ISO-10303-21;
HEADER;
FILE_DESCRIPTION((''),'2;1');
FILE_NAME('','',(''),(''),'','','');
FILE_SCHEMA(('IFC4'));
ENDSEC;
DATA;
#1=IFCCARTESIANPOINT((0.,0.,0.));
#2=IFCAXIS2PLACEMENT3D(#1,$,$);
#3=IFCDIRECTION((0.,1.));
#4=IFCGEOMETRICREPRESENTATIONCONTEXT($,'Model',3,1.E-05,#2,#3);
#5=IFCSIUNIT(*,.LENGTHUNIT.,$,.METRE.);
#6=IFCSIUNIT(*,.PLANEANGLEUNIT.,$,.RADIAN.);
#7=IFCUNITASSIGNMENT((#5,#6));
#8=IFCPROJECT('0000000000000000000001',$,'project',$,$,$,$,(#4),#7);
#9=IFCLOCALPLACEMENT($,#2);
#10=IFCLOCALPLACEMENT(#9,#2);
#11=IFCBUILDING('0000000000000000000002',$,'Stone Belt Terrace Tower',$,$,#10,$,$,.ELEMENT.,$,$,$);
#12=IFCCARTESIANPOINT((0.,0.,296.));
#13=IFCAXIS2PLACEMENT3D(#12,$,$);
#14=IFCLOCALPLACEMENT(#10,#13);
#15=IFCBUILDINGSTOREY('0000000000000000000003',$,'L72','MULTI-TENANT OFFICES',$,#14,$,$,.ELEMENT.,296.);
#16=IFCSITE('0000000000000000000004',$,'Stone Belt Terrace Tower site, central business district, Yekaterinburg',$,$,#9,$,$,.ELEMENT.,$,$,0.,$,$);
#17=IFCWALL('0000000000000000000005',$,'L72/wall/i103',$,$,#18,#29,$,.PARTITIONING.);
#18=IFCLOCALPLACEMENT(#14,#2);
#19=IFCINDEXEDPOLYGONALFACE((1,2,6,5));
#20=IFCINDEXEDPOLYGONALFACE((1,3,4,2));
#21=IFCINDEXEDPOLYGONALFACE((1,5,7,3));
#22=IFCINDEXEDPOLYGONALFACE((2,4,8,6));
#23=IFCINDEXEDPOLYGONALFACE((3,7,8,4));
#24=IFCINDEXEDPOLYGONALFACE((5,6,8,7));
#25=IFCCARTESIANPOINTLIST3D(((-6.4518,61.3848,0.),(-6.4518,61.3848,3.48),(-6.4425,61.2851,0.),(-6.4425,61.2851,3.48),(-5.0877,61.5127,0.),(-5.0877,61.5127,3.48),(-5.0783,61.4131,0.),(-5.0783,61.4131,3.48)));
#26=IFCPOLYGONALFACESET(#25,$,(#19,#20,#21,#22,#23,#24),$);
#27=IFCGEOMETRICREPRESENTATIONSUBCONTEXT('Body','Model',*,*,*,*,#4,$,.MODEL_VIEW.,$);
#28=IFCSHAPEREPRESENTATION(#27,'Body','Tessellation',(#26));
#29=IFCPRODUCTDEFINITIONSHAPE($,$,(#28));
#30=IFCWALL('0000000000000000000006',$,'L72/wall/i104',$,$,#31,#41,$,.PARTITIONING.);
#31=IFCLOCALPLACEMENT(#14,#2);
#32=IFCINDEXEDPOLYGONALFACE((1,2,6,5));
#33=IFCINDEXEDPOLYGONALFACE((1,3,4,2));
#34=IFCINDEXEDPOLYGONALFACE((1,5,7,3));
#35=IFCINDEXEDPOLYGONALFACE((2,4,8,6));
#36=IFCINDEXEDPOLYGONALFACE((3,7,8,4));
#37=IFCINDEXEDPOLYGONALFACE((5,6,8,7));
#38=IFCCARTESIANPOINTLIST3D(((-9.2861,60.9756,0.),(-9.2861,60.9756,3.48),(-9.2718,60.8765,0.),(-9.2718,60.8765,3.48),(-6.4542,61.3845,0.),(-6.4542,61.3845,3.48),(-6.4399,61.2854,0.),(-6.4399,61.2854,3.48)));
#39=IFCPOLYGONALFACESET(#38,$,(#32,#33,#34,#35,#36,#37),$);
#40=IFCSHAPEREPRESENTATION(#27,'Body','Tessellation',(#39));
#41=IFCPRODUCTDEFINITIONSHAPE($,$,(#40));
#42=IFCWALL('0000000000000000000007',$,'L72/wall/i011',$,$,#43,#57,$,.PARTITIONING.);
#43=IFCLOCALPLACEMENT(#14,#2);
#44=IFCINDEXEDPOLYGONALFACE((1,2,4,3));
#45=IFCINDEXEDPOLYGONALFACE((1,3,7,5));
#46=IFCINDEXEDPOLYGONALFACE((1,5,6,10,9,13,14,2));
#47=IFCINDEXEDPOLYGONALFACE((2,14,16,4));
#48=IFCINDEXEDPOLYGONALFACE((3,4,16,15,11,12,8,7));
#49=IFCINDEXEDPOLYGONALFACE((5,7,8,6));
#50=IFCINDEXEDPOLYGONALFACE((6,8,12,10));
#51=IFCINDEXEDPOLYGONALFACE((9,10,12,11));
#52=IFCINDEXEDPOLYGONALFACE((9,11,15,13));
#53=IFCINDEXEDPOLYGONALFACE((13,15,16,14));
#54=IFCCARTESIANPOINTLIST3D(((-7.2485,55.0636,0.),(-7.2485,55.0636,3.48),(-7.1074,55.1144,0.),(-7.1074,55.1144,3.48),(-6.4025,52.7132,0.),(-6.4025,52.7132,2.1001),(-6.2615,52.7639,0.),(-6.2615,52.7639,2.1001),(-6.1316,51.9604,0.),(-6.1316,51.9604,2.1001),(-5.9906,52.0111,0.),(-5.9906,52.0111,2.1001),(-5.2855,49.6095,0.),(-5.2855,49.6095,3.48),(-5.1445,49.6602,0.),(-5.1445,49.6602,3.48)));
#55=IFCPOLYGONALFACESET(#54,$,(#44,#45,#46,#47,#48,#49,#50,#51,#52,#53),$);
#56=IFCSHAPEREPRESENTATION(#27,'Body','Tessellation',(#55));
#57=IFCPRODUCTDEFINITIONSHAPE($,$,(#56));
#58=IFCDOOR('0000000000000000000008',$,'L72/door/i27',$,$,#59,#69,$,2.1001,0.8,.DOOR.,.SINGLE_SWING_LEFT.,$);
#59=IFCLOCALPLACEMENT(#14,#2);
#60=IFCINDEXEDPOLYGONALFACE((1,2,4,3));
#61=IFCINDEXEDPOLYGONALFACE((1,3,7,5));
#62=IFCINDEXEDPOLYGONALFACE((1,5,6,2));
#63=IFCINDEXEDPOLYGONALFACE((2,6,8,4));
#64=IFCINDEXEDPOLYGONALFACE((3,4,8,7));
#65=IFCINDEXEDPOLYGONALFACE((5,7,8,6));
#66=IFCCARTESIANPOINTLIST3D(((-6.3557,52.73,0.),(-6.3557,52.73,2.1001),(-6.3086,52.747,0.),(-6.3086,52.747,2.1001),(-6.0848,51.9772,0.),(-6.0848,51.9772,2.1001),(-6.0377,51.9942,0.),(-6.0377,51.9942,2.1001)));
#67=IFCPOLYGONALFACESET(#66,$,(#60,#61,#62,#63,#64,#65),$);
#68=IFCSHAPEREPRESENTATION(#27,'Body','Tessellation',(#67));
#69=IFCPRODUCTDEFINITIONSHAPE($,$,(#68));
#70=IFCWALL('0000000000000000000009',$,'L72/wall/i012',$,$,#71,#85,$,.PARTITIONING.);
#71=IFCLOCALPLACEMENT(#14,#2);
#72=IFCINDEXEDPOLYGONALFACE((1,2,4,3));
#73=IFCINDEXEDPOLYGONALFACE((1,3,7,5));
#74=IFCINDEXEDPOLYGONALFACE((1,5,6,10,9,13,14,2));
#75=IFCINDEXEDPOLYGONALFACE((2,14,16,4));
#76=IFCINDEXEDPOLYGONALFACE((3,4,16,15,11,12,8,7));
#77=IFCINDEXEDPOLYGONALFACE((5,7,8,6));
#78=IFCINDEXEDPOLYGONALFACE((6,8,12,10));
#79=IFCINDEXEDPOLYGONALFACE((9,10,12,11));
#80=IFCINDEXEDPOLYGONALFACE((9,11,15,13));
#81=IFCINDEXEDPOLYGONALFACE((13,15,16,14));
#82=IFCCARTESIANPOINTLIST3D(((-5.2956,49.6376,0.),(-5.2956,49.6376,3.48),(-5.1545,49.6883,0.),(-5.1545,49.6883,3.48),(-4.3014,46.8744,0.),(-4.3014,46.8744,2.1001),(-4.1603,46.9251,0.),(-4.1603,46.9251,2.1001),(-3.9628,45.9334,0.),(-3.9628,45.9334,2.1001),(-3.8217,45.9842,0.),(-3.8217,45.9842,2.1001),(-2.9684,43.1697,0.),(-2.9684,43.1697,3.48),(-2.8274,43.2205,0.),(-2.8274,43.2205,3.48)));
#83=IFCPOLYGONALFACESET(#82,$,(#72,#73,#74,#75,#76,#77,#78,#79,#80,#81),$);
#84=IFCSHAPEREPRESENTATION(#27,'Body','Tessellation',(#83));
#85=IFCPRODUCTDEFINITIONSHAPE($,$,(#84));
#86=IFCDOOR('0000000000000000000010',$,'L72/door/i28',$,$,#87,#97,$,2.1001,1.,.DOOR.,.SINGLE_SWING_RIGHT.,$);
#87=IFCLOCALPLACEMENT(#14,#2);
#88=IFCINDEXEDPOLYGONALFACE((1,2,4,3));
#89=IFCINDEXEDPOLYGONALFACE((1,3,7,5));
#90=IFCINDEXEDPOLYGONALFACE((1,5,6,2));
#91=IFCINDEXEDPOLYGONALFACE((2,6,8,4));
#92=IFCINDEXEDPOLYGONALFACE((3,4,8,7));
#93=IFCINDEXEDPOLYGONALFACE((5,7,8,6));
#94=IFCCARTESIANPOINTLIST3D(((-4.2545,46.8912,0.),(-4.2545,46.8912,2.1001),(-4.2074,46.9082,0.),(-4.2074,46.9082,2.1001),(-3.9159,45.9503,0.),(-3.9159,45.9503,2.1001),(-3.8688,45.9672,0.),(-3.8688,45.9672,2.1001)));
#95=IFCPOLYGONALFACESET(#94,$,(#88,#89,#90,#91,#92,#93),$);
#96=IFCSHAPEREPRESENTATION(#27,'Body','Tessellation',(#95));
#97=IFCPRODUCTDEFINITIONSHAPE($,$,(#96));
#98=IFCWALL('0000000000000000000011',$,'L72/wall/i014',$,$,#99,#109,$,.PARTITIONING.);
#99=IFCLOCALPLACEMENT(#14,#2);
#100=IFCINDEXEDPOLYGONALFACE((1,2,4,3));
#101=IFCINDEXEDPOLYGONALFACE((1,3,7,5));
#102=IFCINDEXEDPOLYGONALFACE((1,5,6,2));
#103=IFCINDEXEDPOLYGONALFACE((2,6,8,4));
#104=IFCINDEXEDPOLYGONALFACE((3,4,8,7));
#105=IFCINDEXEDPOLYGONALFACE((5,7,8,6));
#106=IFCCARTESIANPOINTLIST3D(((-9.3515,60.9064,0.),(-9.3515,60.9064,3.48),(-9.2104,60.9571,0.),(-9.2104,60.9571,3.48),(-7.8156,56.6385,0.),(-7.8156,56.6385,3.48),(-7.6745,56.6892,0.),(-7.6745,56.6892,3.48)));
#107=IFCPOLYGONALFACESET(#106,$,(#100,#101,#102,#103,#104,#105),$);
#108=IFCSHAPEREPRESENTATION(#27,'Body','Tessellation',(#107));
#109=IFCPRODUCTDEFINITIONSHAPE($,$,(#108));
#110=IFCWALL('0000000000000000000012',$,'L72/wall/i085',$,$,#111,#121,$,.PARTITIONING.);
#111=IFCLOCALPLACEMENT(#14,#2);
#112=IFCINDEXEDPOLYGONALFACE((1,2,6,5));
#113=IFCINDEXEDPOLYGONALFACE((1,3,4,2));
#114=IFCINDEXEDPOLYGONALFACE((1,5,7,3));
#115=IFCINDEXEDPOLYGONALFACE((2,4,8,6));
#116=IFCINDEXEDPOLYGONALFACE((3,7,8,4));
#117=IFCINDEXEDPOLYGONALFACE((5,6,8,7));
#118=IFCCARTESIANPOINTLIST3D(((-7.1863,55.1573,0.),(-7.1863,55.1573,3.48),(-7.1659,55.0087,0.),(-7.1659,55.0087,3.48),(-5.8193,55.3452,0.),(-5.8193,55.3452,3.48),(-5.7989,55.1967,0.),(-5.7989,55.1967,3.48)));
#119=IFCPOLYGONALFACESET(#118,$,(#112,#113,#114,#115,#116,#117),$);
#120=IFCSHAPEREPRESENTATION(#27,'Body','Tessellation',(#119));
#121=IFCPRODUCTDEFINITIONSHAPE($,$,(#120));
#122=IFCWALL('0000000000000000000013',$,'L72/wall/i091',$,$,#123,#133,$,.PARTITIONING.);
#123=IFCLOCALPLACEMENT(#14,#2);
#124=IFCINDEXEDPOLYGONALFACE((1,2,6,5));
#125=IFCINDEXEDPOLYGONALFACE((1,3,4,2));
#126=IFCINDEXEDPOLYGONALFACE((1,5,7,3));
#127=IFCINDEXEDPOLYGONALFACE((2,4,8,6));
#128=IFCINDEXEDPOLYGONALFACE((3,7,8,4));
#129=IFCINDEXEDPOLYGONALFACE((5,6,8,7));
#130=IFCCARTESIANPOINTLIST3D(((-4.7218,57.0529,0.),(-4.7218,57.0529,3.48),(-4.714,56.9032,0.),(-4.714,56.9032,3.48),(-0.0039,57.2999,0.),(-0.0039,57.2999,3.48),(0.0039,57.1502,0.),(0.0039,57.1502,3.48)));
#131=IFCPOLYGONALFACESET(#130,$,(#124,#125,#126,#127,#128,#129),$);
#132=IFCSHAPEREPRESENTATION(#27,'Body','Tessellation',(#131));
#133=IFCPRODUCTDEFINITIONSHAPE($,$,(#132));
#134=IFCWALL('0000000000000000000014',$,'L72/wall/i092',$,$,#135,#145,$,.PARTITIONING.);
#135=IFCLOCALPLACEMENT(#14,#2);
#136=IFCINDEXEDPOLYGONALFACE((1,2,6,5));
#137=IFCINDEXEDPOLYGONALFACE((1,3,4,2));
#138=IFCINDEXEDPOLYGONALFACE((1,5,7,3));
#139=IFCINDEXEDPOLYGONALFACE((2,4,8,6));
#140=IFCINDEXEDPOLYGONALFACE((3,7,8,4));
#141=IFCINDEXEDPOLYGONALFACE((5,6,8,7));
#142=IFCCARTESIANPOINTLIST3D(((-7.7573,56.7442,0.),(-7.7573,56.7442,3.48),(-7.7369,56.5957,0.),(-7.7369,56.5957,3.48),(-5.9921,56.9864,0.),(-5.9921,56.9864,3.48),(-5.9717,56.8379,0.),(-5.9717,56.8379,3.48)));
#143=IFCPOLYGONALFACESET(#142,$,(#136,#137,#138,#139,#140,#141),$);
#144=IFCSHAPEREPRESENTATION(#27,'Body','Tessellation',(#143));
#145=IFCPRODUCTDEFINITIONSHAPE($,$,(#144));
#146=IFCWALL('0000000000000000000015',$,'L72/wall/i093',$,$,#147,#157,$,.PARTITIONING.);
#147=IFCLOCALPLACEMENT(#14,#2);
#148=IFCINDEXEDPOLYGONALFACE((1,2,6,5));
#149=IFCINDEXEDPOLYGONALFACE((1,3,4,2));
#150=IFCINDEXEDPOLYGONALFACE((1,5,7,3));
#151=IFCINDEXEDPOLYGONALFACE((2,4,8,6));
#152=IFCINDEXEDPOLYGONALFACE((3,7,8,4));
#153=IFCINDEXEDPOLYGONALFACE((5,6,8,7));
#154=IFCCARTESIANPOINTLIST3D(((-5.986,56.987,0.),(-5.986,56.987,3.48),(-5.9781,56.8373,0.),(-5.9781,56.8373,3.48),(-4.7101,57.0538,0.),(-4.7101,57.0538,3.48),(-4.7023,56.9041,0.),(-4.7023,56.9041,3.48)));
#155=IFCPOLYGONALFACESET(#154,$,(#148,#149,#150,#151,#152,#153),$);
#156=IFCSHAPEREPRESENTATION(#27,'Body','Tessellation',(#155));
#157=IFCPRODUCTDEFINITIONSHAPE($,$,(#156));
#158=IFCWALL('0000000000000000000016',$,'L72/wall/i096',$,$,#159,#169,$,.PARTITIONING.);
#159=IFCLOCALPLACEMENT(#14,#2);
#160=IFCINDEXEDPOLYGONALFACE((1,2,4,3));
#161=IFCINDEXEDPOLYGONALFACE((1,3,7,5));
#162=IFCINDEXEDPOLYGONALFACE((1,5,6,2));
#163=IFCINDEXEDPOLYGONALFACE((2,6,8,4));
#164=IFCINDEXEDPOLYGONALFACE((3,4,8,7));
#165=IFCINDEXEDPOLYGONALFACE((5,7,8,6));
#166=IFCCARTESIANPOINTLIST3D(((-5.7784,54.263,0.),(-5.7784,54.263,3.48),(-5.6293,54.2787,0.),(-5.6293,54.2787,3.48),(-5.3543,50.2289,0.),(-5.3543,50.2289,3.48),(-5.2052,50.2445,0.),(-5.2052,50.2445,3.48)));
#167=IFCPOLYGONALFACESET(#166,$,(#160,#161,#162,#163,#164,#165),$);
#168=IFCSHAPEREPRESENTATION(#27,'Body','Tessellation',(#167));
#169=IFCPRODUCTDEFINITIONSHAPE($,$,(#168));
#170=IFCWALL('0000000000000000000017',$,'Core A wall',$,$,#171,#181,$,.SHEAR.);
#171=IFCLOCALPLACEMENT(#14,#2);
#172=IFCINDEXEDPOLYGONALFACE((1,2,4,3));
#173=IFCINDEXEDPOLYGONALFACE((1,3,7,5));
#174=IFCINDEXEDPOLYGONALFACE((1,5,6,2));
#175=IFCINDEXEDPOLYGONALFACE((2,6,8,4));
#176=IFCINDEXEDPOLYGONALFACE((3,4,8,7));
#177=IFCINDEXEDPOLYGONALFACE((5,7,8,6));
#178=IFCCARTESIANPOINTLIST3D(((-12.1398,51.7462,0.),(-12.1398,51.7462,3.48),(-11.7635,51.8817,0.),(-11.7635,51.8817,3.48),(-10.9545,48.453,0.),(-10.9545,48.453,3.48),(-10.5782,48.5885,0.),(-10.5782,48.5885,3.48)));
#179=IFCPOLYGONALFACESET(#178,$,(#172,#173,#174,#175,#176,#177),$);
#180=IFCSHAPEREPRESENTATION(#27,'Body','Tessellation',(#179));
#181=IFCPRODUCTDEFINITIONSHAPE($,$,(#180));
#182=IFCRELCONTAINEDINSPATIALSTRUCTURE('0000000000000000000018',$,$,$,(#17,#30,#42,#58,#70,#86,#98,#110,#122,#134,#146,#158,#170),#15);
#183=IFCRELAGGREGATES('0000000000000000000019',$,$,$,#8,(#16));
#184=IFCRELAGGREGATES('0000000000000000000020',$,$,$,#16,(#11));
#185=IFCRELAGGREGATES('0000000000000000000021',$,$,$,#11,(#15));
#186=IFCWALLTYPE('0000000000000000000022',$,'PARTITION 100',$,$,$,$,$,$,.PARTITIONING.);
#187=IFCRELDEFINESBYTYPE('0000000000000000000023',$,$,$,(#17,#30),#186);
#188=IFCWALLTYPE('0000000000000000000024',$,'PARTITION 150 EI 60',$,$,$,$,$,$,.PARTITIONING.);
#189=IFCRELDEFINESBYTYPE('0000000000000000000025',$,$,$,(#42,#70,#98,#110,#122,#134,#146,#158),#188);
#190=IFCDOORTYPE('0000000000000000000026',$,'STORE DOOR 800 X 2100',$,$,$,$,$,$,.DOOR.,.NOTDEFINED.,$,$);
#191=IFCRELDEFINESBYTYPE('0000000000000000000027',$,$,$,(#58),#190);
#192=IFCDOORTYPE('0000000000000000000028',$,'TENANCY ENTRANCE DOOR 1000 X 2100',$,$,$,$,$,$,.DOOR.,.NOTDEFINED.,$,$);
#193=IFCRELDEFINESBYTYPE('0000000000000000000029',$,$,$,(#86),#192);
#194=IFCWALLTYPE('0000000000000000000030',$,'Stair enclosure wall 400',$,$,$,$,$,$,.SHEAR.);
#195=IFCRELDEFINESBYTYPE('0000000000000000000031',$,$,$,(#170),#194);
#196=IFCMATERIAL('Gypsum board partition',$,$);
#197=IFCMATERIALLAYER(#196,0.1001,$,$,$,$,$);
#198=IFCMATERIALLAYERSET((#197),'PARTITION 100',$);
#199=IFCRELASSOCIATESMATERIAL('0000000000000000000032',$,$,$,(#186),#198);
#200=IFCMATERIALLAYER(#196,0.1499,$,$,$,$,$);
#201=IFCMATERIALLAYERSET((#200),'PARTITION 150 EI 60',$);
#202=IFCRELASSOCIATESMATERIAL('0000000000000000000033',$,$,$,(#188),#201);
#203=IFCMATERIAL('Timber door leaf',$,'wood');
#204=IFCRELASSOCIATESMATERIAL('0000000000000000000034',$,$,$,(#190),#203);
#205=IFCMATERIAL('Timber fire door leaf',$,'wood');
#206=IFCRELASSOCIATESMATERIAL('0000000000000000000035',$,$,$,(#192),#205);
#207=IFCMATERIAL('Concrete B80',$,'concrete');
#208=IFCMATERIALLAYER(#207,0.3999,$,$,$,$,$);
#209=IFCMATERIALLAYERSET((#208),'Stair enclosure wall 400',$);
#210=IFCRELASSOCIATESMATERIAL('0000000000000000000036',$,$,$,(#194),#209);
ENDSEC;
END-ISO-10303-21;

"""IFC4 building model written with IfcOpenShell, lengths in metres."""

from ifc_helpers import new_model, si_unit, direction, frame, frame_2d, origin, place, context, subcontext, project, spatial, rectangle, extrude, material, layer, layer_set, type_object, element, fill, save


model = new_model("IFC4")

# Units and contexts
model_context = context("Model", 3, precision=1e-05, world=origin(), true_north=direction((0.0, 1.0)))
body_context = subcontext(model_context, "Body", "Model", "MODEL_VIEW")
ifc_project = project(units=[si_unit("LENGTHUNIT", "METRE"), si_unit("PLANEANGLEUNIT", "RADIAN")], contexts=[model_context])

# Site, building, storey
site_placement = place(None, origin())
site = spatial("IfcSite", under=ifc_project, at=site_placement, Name="Stone Belt Terrace Tower site, central business district, Yekaterinburg", CompositionType="ELEMENT", RefElevation=0.0)
building_placement = place(site_placement, origin())
building = spatial("IfcBuilding", under=site, at=building_placement, Name="Stone Belt Terrace Tower", CompositionType="ELEMENT")
storey_placement = place(building_placement, frame((0.0, 0.0, 296.0)))
storey = spatial("IfcBuildingStorey", under=building, at=storey_placement, Name="L72", Description="MULTI-TENANT OFFICES", CompositionType="ELEMENT", Elevation=296.0)

# Shared definitions
ifc_material_1 = material(Name="Timber door leaf", Category="wood")

# Shared definitions
ifc_material_2 = material(Name="Gypsum board partition")
ifc_layer_1 = layer(ifc_material_2, 0.1001)
ifc_layer_set_1 = layer_set([ifc_layer_1], Name="PARTITION 100")
wall_type_1 = type_object("IfcWallType", Name="PARTITION 100", PredefinedType="PARTITIONING", material=ifc_layer_set_1)

# Walls
wall_1_placement = place(storey_placement, frame((-5.083, 61.4629, 0.0), z_axis=(0.0, 0.0, 1.0), x_axis=(-0.995631, -0.093379, 0.0)))
element("IfcWall", 1, at=wall_1_placement, inside=storey, type_object=wall_type_1, Name="L72/wall/i103", PredefinedType="PARTITIONING", context=body_context, shape_type="SweptSolid", body=[
    extrude(rectangle(XDim=1.3701, YDim=0.1001, at=frame_2d((0.6851, 0.0))), origin(), (0.0, 0.0, 1.0), 3.48),
])
wall_2_placement = place(storey_placement, frame((-6.447, 61.335, 0.0), z_axis=(0.0, 0.0, 1.0), x_axis=(-0.989735, -0.142914, 0.0)))
element("IfcWall", 2, at=wall_2_placement, inside=storey, type_object=wall_type_1, Name="L72/wall/i104", PredefinedType="PARTITIONING", context=body_context, shape_type="SweptSolid", body=[
    extrude(rectangle(XDim=2.8613, YDim=0.1001, at=frame_2d((1.4307, 0.0))), origin(), (0.0, 0.0, 1.0), 3.48),
])

# Walls, openings, doors
ifc_layer_2 = layer(ifc_material_2, 0.1499)
ifc_layer_set_2 = layer_set([ifc_layer_2], Name="PARTITION 150 EI 60")
wall_type_2 = type_object("IfcWallType", Name="PARTITION 150 EI 60", PredefinedType="PARTITIONING", material=ifc_layer_set_2)
wall_3_placement = place(storey_placement, frame((-7.178, 55.0891, 0.0), z_axis=(0.0, 0.0, 1.0), x_axis=(0.33863, -0.94092, 0.0)))
wall_3 = element("IfcWall", 3, at=wall_3_placement, inside=storey, type_object=wall_type_2, Name="L72/wall/i011", PredefinedType="PARTITIONING", context=body_context, shape_type="SweptSolid", body=[
    extrude(rectangle(XDim=5.7966, YDim=0.1499, at=frame_2d((2.8984, 0.0))), origin(), (0.0, 0.0, 1.0), 3.48),
])
opening_1_placement = place(wall_3_placement, frame((2.4983, 0.0, 0.0)))
opening_1 = element("IfcOpeningElement", 4, at=opening_1_placement, cuts=wall_3, PredefinedType="OPENING", context=body_context, shape_type="SweptSolid", body=[
    extrude(rectangle(XDim=0.8, YDim=2.1001, at=frame_2d((0.3999, 1.05))), frame((0.0, 0.085, 0.0), z_axis=(0.0, -1.0, 0.0), x_axis=(1.0, 0.0, 0.0)), (0.0, 0.0, 1.0), 0.1699),
])
door_type_1 = type_object("IfcDoorType", Name="STORE DOOR 800 X 2100", OperationType="NOTDEFINED", PredefinedType="DOOR", material=ifc_material_1)
door_1_placement = place(opening_1_placement, origin())
door_1 = element("IfcDoor", 5, at=door_1_placement, inside=storey, type_object=door_type_1, Name="L72/door/i27", OperationType="SINGLE_SWING_LEFT", OverallHeight=2.1001, OverallWidth=0.8, PredefinedType="DOOR", context=body_context, shape_type="SweptSolid", body=[
    extrude(rectangle(XDim=0.8, YDim=2.1001, at=frame_2d((0.3999, 1.05))), frame((0.0, 0.0249, 0.0), z_axis=(0.0, -1.0, 0.0), x_axis=(1.0, 0.0, 0.0)), (0.0, 0.0, 1.0), 0.05),
])
fill(opening_1, door_1)
wall_4_placement = place(storey_placement, frame((-5.2251, 49.6631, 0.0), z_axis=(0.0, 0.0, 1.0), x_axis=(0.338558, -0.940945, 0.0)))
wall_4 = element("IfcWall", 6, at=wall_4_placement, inside=storey, type_object=wall_type_2, Name="L72/wall/i012", PredefinedType="PARTITIONING", context=body_context, shape_type="SweptSolid", body=[
    extrude(rectangle(XDim=6.8738, YDim=0.1499, at=frame_2d((3.437, 0.0))), origin(), (0.0, 0.0, 1.0), 3.48),
])
opening_2_placement = place(wall_4_placement, frame((2.9368, 0.0, 0.0)))
opening_2 = element("IfcOpeningElement", 7, at=opening_2_placement, cuts=wall_4, PredefinedType="OPENING", context=body_context, shape_type="SweptSolid", body=[
    extrude(rectangle(XDim=1.0, YDim=2.1001, at=frame_2d((0.5, 1.05))), frame((0.0, 0.085, 0.0), z_axis=(0.0, -1.0, 0.0), x_axis=(1.0, 0.0, 0.0)), (0.0, 0.0, 1.0), 0.1699),
])
ifc_material_3 = material(Name="Timber fire door leaf", Category="wood")
door_type_2 = type_object("IfcDoorType", Name="TENANCY ENTRANCE DOOR 1000 X 2100", OperationType="NOTDEFINED", PredefinedType="DOOR", material=ifc_material_3)
door_2_placement = place(opening_2_placement, origin())
door_2 = element("IfcDoor", 8, at=door_2_placement, inside=storey, type_object=door_type_2, Name="L72/door/i28", OperationType="SINGLE_SWING_RIGHT", OverallHeight=2.1001, OverallWidth=1.0, PredefinedType="DOOR", context=body_context, shape_type="SweptSolid", body=[
    extrude(rectangle(XDim=1.0, YDim=2.1001, at=frame_2d((0.5, 1.05))), frame((0.0, 0.0249, 0.0), z_axis=(0.0, -1.0, 0.0), x_axis=(1.0, 0.0, 0.0)), (0.0, 0.0, 1.0), 0.05),
])
fill(opening_2, door_2)

# Walls
wall_5_placement = place(storey_placement, frame((-9.281, 60.9319, 0.0), z_axis=(0.0, 0.0, 1.0), x_axis=(0.338617, -0.940924, 0.0)))
element("IfcWall", 9, at=wall_5_placement, inside=storey, type_object=wall_type_2, Name="L72/wall/i014", PredefinedType="PARTITIONING", context=body_context, shape_type="SweptSolid", body=[
    extrude(rectangle(XDim=4.5359, YDim=0.1499, at=frame_2d((2.2681, 0.0))), origin(), (0.0, 0.0, 1.0), 3.48),
])
wall_6_placement = place(storey_placement, frame((-5.8091, 55.271, 0.0), z_axis=(0.0, 0.0, 1.0), x_axis=(-0.990676, -0.136242, 0.0)))
element("IfcWall", 10, at=wall_6_placement, inside=storey, type_object=wall_type_2, Name="L72/wall/i085", PredefinedType="PARTITIONING", context=body_context, shape_type="SweptSolid", body=[
    extrude(rectangle(XDim=1.3799, YDim=0.1499, at=frame_2d((0.6899, 0.0))), origin(), (0.0, 0.0, 1.0), 3.48),
])
wall_7_placement = place(storey_placement, frame((-4.718, 56.978, 0.0), z_axis=(0.0, 0.0, 1.0), x_axis=(0.998632, 0.052296, 0.0)))
element("IfcWall", 11, at=wall_7_placement, inside=storey, type_object=wall_type_2, Name="L72/wall/i091", PredefinedType="PARTITIONING", context=body_context, shape_type="SweptSolid", body=[
    extrude(rectangle(XDim=4.7244, YDim=0.1499, at=frame_2d((2.3623, 0.0))), origin(), (0.0, 0.0, 1.0), 3.48),
])
wall_8_placement = place(storey_placement, frame((-7.7471, 56.6699, 0.0), z_axis=(0.0, 0.0, 1.0), x_axis=(0.990718, 0.135933, 0.0)))
element("IfcWall", 12, at=wall_8_placement, inside=storey, type_object=wall_type_2, Name="L72/wall/i092", PredefinedType="PARTITIONING", context=body_context, shape_type="SweptSolid", body=[
    extrude(rectangle(XDim=1.7817, YDim=0.1499, at=frame_2d((0.8909, 0.0))), origin(), (0.0, 0.0, 1.0), 3.48),
])
wall_9_placement = place(storey_placement, frame((-5.9819, 56.9121, 0.0), z_axis=(0.0, 0.0, 1.0), x_axis=(0.998628, 0.052358, 0.0)))
element("IfcWall", 13, at=wall_9_placement, inside=storey, type_object=wall_type_2, Name="L72/wall/i093", PredefinedType="PARTITIONING", context=body_context, shape_type="SweptSolid", body=[
    extrude(rectangle(XDim=1.2776, YDim=0.1499, at=frame_2d((0.6387, 0.0))), origin(), (0.0, 0.0, 1.0), 3.48),
])
wall_10_placement = place(storey_placement, frame((-5.7039, 54.271, 0.0), z_axis=(0.0, 0.0, 1.0), x_axis=(0.104544, -0.99452, 0.0)))
element("IfcWall", 14, at=wall_10_placement, inside=storey, type_object=wall_type_2, Name="L72/wall/i096", PredefinedType="PARTITIONING", context=body_context, shape_type="SweptSolid", body=[
    extrude(rectangle(XDim=4.0564, YDim=0.1499, at=frame_2d((2.0283, 0.0))), origin(), (0.0, 0.0, 1.0), 3.48),
])
ifc_material_4 = material(Name="Concrete B80", Category="concrete")
ifc_layer_3 = layer(ifc_material_4, 0.3999)
ifc_layer_set_3 = layer_set([ifc_layer_3], Name="Stair enclosure wall 400")
wall_type_3 = type_object("IfcWallType", Name="Stair enclosure wall 400", PredefinedType="SHEAR", material=ifc_layer_set_3)
wall_11_placement = place(storey_placement, frame((-10.7664, 48.5208, 0.0), z_axis=(0.0, 0.0, 1.0), x_axis=(-0.338655, 0.940911, 0.0)))
element("IfcWall", 15, at=wall_11_placement, inside=storey, type_object=wall_type_3, Name="Core A wall", PredefinedType="SHEAR", context=body_context, shape_type="SweptSolid", body=[
    extrude(rectangle(XDim=3.5, YDim=0.3999, at=frame_2d((1.75, 0.0))), origin(), (0.0, 0.0, 1.0), 3.48),
])

save(model, "model.ifc")
